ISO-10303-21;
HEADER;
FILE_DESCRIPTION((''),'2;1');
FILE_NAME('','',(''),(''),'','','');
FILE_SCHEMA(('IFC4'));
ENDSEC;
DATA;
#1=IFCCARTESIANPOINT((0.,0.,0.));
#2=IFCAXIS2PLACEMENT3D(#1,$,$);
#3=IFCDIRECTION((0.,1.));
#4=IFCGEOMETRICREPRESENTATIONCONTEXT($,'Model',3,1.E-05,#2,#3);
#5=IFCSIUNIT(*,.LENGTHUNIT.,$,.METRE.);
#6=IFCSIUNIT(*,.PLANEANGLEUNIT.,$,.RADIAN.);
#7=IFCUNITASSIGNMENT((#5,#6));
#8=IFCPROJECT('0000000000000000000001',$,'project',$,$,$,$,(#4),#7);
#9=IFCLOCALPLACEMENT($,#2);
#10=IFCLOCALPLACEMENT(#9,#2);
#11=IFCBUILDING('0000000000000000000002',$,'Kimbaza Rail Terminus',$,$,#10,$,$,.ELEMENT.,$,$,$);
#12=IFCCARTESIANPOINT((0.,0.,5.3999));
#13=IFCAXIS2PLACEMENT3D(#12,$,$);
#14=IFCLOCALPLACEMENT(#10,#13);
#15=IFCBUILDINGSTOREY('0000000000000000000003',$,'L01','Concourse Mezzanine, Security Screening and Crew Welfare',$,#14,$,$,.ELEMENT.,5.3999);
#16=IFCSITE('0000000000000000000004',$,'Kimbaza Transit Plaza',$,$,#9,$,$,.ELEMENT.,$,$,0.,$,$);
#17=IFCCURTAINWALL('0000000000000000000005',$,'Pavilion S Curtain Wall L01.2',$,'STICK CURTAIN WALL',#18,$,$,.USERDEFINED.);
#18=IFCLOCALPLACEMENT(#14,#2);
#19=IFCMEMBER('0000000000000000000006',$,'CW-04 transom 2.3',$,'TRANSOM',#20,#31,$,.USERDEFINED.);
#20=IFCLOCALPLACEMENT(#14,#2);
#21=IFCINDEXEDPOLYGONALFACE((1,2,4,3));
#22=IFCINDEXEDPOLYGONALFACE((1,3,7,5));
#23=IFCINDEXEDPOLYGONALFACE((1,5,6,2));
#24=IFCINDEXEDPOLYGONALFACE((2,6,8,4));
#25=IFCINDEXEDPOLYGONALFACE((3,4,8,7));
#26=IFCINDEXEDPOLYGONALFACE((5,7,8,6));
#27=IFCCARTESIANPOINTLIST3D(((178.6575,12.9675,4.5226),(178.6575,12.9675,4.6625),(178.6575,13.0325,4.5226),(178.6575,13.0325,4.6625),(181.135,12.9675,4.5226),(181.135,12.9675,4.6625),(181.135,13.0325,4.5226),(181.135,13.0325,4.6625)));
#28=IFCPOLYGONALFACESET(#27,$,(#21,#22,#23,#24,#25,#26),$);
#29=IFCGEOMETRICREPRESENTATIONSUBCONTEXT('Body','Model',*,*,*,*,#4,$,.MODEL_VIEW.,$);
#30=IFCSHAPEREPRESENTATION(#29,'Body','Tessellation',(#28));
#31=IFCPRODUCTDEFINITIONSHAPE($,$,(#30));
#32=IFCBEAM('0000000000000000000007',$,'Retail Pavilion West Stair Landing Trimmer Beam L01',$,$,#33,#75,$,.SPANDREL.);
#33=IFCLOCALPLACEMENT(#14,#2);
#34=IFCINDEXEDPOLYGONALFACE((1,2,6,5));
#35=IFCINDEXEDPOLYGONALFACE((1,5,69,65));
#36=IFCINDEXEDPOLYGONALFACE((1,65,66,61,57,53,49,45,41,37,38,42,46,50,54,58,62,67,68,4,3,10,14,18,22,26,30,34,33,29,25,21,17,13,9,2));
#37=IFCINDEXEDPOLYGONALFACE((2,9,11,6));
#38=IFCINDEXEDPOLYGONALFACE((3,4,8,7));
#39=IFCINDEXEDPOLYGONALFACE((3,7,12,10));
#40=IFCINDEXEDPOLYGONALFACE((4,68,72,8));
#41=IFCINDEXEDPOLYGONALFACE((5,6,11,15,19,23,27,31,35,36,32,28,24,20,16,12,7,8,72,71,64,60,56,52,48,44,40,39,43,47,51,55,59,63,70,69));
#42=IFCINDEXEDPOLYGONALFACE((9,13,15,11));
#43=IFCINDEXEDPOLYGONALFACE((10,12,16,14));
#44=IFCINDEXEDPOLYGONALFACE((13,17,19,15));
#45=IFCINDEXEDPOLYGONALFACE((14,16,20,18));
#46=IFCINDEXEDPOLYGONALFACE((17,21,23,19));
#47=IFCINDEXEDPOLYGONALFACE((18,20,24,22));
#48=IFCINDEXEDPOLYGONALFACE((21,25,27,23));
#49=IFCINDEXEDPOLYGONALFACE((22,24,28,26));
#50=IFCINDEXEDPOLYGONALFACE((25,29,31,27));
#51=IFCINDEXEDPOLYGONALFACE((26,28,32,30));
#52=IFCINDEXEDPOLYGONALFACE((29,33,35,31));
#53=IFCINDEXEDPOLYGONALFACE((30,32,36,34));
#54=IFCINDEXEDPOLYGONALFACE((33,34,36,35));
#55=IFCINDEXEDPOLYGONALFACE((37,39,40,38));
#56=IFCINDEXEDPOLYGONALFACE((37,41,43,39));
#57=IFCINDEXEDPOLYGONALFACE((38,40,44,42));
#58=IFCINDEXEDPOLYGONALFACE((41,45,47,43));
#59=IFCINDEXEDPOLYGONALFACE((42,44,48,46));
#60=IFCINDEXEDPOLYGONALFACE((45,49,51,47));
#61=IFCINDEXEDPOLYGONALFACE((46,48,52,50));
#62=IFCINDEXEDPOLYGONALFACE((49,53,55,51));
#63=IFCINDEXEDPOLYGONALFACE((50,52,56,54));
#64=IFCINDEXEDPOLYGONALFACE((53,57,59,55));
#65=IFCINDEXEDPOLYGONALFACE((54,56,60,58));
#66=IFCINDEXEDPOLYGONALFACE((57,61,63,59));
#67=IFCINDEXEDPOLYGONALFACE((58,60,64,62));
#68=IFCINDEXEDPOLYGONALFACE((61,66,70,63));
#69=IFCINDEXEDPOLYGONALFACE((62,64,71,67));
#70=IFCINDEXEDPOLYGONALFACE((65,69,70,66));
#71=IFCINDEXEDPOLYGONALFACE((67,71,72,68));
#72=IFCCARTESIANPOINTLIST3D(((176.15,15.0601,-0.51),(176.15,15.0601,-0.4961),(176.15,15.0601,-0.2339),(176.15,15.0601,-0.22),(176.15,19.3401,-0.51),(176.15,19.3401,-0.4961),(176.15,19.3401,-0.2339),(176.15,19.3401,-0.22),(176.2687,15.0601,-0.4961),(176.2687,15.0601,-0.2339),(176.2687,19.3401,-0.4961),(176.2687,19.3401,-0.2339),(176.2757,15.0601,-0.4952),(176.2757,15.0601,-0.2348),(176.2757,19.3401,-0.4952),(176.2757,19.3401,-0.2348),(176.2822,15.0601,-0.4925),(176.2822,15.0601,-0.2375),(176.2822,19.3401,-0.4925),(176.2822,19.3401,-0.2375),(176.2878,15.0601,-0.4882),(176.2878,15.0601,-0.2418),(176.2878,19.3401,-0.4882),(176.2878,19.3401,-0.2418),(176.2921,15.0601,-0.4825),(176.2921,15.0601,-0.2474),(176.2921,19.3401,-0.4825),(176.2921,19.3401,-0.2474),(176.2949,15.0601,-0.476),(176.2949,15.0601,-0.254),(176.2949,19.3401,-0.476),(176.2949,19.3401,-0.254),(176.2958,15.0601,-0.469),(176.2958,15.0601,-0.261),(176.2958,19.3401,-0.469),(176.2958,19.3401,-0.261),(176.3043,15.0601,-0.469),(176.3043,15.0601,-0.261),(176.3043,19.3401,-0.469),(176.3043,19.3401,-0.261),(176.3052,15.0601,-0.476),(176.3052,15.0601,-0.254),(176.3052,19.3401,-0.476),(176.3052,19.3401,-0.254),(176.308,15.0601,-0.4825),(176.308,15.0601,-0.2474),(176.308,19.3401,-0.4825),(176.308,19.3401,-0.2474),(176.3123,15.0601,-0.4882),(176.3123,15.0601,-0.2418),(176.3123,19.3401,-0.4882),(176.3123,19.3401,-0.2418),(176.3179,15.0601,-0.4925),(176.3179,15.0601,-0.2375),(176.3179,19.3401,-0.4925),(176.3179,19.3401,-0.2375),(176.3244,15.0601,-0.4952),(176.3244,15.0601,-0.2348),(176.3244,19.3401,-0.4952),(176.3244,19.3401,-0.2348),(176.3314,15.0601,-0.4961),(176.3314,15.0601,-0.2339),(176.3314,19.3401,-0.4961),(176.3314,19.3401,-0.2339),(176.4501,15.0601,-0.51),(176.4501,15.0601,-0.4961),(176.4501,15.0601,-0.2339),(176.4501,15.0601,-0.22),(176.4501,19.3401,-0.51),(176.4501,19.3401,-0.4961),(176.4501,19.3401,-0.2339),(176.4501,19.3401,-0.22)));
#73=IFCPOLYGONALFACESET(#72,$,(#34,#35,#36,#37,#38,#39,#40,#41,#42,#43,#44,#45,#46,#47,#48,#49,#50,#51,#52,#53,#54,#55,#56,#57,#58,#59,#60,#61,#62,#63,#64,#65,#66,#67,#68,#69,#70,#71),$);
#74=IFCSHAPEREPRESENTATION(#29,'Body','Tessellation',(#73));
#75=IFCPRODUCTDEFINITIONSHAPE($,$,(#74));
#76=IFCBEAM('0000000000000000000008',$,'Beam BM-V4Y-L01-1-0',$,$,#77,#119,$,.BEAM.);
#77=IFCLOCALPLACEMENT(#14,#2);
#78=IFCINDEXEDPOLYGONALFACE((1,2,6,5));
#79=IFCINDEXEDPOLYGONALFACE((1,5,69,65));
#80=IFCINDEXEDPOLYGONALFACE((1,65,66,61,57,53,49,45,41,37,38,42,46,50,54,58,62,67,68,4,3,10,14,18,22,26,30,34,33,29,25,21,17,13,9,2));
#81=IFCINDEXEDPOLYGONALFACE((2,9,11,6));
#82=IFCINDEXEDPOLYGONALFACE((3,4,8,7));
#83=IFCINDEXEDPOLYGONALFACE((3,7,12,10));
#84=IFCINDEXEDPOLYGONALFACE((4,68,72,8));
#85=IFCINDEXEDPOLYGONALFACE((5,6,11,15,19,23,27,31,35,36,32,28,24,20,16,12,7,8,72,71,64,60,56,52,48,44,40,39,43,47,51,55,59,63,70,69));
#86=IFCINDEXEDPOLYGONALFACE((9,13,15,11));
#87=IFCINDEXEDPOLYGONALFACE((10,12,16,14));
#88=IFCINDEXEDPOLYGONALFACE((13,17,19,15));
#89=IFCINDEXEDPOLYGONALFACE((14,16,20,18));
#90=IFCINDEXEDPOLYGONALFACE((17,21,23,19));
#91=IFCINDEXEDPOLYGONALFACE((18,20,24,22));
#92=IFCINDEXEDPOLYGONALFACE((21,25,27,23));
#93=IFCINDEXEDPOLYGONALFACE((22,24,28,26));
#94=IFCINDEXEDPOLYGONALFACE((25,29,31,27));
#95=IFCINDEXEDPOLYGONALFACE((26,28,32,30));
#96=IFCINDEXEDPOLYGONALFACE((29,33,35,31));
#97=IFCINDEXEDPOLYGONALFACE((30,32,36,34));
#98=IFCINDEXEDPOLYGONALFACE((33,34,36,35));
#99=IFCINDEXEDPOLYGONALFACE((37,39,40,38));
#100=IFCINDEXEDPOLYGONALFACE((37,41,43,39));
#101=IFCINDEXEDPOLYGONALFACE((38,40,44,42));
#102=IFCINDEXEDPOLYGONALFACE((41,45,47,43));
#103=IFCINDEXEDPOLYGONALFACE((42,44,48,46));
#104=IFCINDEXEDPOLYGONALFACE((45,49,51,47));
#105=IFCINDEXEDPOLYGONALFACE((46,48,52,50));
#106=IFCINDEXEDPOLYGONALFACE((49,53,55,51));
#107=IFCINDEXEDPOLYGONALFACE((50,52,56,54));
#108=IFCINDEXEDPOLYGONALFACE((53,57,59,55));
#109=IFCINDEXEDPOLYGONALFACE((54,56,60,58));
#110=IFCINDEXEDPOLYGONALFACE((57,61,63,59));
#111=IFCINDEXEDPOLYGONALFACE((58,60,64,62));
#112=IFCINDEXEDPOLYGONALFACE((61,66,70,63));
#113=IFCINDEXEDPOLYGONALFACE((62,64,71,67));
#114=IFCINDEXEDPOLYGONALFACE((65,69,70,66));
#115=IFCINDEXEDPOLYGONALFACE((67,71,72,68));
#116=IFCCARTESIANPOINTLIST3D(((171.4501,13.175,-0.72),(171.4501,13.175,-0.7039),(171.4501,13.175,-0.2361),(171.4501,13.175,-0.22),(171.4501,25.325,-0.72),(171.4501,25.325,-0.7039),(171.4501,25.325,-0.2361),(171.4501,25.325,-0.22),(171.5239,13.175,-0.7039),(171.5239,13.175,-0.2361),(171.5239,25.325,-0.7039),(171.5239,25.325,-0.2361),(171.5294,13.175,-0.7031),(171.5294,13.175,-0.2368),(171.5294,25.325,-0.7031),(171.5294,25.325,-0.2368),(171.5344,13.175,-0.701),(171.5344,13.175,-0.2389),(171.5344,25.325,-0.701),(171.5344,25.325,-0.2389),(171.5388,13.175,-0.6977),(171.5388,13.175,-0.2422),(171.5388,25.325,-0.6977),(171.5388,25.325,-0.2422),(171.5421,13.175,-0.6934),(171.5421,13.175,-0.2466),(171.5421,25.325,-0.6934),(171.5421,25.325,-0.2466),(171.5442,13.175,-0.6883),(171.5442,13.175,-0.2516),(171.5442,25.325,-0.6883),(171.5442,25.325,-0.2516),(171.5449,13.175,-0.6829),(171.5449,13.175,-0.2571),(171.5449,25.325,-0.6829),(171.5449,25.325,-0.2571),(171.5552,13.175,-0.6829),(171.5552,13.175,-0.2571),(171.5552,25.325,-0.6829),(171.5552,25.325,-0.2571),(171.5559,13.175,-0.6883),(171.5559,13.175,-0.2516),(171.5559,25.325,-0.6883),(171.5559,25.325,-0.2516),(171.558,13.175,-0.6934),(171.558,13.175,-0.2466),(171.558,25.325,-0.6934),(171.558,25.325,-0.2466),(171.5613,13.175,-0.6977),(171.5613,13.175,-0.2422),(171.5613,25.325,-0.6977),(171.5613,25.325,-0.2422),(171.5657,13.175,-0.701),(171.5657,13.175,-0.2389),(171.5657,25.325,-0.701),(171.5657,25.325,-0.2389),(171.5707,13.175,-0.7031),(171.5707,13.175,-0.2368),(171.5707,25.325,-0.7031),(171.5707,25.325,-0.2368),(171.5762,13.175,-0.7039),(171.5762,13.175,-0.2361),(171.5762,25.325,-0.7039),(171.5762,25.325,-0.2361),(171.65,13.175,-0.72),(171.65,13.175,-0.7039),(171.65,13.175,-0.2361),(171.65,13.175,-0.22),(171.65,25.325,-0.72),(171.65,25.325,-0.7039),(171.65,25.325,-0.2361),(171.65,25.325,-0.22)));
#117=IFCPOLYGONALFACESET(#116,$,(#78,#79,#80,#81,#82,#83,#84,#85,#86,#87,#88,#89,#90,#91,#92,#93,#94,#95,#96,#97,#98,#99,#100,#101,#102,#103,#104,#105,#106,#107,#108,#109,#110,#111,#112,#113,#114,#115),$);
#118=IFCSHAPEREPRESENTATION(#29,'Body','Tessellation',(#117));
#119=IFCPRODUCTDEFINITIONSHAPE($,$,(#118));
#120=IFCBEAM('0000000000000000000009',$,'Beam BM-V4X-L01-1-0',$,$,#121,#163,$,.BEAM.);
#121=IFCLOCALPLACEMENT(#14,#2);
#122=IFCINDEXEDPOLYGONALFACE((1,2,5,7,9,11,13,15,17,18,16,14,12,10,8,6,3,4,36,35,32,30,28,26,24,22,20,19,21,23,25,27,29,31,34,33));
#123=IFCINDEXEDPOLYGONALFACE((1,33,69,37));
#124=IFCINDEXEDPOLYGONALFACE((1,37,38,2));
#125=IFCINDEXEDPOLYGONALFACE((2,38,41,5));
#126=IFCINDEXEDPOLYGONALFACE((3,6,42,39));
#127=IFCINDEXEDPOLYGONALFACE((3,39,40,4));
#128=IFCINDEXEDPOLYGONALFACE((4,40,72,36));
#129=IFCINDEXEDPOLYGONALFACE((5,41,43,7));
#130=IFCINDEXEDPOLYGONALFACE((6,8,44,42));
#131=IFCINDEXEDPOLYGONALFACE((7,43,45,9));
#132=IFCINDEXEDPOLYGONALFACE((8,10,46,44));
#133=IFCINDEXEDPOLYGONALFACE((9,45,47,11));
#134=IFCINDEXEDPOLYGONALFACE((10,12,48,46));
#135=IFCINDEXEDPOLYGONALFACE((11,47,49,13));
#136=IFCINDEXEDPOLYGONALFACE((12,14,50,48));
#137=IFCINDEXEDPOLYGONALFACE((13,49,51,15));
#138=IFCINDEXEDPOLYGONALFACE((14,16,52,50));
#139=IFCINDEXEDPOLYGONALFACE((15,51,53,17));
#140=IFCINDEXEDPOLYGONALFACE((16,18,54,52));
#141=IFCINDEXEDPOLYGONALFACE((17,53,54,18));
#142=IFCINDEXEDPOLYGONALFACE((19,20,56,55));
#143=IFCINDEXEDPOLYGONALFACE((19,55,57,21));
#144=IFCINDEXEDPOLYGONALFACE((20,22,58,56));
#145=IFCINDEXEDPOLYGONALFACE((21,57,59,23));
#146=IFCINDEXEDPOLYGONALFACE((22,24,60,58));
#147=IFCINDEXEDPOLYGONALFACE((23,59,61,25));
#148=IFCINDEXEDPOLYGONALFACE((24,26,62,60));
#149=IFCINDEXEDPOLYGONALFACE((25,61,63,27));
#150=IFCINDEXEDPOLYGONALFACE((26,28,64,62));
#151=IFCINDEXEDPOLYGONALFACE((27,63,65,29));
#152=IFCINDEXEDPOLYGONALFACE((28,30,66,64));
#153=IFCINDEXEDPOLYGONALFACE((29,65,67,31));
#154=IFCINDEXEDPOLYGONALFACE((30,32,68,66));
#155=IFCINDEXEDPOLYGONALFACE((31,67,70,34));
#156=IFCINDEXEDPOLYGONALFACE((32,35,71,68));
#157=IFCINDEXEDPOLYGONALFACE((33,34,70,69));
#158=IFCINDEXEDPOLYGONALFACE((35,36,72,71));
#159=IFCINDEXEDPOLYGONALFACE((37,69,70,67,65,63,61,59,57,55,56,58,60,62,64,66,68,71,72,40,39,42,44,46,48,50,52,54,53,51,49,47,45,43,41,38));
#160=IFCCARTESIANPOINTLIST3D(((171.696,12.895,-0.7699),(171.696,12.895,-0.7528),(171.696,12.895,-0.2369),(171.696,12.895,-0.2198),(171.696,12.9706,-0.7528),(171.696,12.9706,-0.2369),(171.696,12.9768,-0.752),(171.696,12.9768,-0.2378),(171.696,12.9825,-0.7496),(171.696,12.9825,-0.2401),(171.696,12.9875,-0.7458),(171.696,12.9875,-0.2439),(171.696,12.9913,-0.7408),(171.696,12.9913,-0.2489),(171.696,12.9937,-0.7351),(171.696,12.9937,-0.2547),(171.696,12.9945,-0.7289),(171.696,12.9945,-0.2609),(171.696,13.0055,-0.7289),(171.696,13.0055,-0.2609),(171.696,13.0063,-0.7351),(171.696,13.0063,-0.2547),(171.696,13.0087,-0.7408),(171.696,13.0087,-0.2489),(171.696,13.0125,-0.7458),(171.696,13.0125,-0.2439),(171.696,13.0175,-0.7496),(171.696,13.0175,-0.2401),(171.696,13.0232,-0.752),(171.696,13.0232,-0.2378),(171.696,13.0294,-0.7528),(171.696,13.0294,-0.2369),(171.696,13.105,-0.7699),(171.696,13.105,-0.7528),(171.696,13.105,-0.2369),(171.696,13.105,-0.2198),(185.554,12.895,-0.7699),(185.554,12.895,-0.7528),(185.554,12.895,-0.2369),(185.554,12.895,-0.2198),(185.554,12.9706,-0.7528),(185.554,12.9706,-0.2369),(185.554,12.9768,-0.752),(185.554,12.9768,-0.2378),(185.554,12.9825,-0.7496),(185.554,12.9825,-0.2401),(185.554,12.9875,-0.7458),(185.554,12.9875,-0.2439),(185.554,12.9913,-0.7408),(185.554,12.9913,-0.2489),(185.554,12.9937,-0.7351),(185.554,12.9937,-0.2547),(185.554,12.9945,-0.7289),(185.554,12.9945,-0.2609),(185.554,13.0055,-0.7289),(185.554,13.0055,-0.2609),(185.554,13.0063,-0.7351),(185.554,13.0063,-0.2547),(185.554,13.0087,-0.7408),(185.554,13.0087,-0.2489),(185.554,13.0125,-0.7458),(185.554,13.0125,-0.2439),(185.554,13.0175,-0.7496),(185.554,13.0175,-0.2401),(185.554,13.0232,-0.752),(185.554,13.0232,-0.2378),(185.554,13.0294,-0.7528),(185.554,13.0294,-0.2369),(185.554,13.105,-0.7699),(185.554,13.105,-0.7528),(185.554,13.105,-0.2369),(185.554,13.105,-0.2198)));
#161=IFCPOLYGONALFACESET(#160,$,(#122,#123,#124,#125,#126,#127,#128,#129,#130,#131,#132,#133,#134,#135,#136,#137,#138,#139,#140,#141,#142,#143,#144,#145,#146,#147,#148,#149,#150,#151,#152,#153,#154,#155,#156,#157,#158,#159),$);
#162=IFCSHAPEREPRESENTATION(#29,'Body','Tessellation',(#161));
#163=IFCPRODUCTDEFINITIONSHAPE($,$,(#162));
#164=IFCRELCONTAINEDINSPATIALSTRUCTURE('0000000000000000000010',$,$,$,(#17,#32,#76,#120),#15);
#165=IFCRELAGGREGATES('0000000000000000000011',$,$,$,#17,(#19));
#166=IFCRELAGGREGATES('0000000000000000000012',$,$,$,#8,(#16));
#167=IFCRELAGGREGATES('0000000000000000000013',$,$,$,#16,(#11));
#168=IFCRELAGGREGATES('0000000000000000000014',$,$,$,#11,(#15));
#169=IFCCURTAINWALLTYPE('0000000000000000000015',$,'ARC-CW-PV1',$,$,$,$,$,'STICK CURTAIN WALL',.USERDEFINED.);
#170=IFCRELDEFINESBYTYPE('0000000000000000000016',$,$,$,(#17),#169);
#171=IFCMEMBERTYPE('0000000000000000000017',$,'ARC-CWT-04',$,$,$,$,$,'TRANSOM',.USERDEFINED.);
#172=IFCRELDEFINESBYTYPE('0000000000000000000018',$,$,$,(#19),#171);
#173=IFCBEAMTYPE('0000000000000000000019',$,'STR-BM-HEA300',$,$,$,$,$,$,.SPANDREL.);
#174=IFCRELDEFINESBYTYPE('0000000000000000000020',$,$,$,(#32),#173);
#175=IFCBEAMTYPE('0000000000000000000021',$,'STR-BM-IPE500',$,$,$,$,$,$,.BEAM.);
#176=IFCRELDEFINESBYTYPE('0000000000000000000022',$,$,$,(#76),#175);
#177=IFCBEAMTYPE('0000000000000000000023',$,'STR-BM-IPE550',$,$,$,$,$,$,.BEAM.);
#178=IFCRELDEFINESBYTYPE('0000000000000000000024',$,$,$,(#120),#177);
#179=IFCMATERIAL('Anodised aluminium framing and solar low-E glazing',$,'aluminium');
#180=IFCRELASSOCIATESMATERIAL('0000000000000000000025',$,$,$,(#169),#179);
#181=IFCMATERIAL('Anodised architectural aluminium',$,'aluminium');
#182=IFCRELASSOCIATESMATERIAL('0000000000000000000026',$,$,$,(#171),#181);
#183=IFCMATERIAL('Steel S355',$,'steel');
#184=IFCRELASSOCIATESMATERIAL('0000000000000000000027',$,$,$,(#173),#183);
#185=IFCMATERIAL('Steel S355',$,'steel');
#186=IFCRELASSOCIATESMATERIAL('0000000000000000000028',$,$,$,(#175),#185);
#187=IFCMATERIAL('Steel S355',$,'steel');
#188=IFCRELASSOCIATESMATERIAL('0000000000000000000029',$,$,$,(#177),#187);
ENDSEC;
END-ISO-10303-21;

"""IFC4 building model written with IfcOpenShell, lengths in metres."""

from ifc_helpers import new_model, si_unit, direction, frame, origin, origin_2d, place, context, subcontext, project, spatial, rectangle, i_section, extrude, material, material_profile, profile_set, type_object, element, aggregate, save


model = new_model("IFC4")

# Units and contexts
model_context = context("Model", 3, precision=1e-05, world=origin(), true_north=direction((0.0, 1.0)))
body_context = subcontext(model_context, "Body", "Model", "MODEL_VIEW")
ifc_project = project(units=[si_unit("LENGTHUNIT", "METRE"), si_unit("PLANEANGLEUNIT", "RADIAN")], contexts=[model_context])

# Site, building, storey
site_placement = place(None, origin())
site = spatial("IfcSite", under=ifc_project, at=site_placement, Name="Kimbaza Transit Plaza", CompositionType="ELEMENT", RefElevation=0.0)
building_placement = place(site_placement, origin())
building = spatial("IfcBuilding", under=site, at=building_placement, Name="Kimbaza Rail Terminus", CompositionType="ELEMENT")
storey_placement = place(building_placement, frame((0.0, 0.0, 5.3999)))
storey = spatial("IfcBuildingStorey", under=building, at=storey_placement, Name="L01", Description="Concourse Mezzanine, Security Screening and Crew Welfare", CompositionType="ELEMENT", Elevation=5.3999)

# Curtain wall, member
ifc_material_1 = material(Name="Anodised aluminium framing and solar low-E glazing", Category="aluminium")
curtain_wall_type = type_object("IfcCurtainWallType", Name="ARC-CW-PV1", ElementType="STICK CURTAIN WALL", PredefinedType="USERDEFINED", material=ifc_material_1)
curtain_wall_placement = place(storey_placement, origin())
curtain_wall = element("IfcCurtainWall", 1, at=curtain_wall_placement, inside=storey, type_object=curtain_wall_type, Name="Pavilion S Curtain Wall L01.2", ObjectType="STICK CURTAIN WALL", PredefinedType="USERDEFINED")
ifc_material_2 = material(Name="Anodised architectural aluminium", Category="aluminium")
ifc_material_profile_1 = material_profile(ifc_material_2, rectangle(XDim=0.0649, YDim=0.1399, at=origin_2d()), Name="TRANSOM 65x140")
ifc_profile_set_1 = profile_set([ifc_material_profile_1], Name="Anodised architectural aluminium")
member_type_1 = type_object("IfcMemberType", Name="ARC-CWT-04", ElementType="TRANSOM", PredefinedType="USERDEFINED", material=ifc_profile_set_1)
member_1_placement = place(storey_placement, frame((178.6575, 13.0, 4.5925), z_axis=(1.0, 0.0, 0.0), x_axis=(0.0, 1.0, 0.0)))
member_1 = element("IfcMember", 2, at=member_1_placement, type_object=member_type_1, Name="CW-04 transom 2.3", ObjectType="TRANSOM", PredefinedType="USERDEFINED", context=body_context, shape_type="SweptSolid", body=[
    extrude(rectangle(XDim=0.0649, YDim=0.1399, at=origin_2d()), origin(), (0.0, 0.0, 1.0), 2.4775),
])

# Beams
ifc_material_3 = material(Name="Steel S355", Category="steel")
ifc_material_profile_2 = material_profile(ifc_material_3, i_section(OverallWidth=0.3, OverallDepth=0.29, WebThickness=0.0085, FlangeThickness=0.0139, FilletRadius=0.0271, at=origin_2d()), Name="HEA 300")
ifc_profile_set_2 = profile_set([ifc_material_profile_2], Name="Steel S355")
beam_type_1 = type_object("IfcBeamType", Name="STR-BM-HEA300", PredefinedType="SPANDREL", material=ifc_profile_set_2)
beam_1_placement = place(storey_placement, frame((176.3, 15.0601, -0.365), z_axis=(0.0, 1.0, 0.0), x_axis=(-1.0, 0.0, 0.0)))
element("IfcBeam", 3, at=beam_1_placement, inside=storey, type_object=beam_type_1, Name="Retail Pavilion West Stair Landing Trimmer Beam L01", PredefinedType="SPANDREL", context=body_context, shape_type="SweptSolid", body=[
    extrude(i_section(OverallWidth=0.3, OverallDepth=0.29, WebThickness=0.0085, FlangeThickness=0.0139, FilletRadius=0.0271, at=origin_2d()), origin(), (0.0, 0.0, 1.0), 4.28),
])
ifc_material_4 = material(Name="Steel S355", Category="steel")
ifc_material_profile_3 = material_profile(ifc_material_4, i_section(OverallWidth=0.2, OverallDepth=0.5, WebThickness=0.0103, FlangeThickness=0.0161, FilletRadius=0.021, at=origin_2d()), Name="IPE 500")
ifc_profile_set_3 = profile_set([ifc_material_profile_3], Name="Steel S355")
beam_type_2 = type_object("IfcBeamType", Name="STR-BM-IPE500", PredefinedType="BEAM", material=ifc_profile_set_3)
beam_2_placement = place(storey_placement, frame((171.55, 13.175, -0.47), z_axis=(0.0, 1.0, 0.0), x_axis=(-1.0, 0.0, 0.0)))
element("IfcBeam", 4, at=beam_2_placement, inside=storey, type_object=beam_type_2, Name="Beam BM-V4Y-L01-1-0", PredefinedType="BEAM", context=body_context, shape_type="SweptSolid", body=[
    extrude(i_section(OverallWidth=0.2, OverallDepth=0.5, WebThickness=0.0103, FlangeThickness=0.0161, FilletRadius=0.021, at=origin_2d()), origin(), (0.0, 0.0, 1.0), 12.1499),
])
ifc_material_5 = material(Name="Steel S355", Category="steel")
ifc_material_profile_4 = material_profile(ifc_material_5, i_section(OverallWidth=0.21, OverallDepth=0.55, WebThickness=0.011, FlangeThickness=0.0171, FilletRadius=0.0239, at=origin_2d()), Name="IPE 550")
ifc_profile_set_4 = profile_set([ifc_material_profile_4], Name="Steel S355")
beam_type_3 = type_object("IfcBeamType", Name="STR-BM-IPE550", PredefinedType="BEAM", material=ifc_profile_set_4)
for number, where, z_axis, x_axis, name in (
    (5, (171.696, 13.0, -0.4949), (1.0, 0.0, 0.0), (0.0, 1.0, 0.0), "Beam BM-V4X-L01-1-0"),
):
    element("IfcBeam", number, at=place(storey_placement, frame(where, z_axis=z_axis, x_axis=x_axis)), inside=storey, type_object=beam_type_3, Name=name, PredefinedType="BEAM", context=body_context, shape_type="SweptSolid", body=[
        extrude(i_section(OverallWidth=0.21, OverallDepth=0.55, WebThickness=0.011, FlangeThickness=0.0171, FilletRadius=0.0239, at=origin_2d()), origin(), (0.0, 0.0, 1.0), 13.8579),
    ])

aggregate(curtain_wall, [member_1])

save(model, "model.ifc")
